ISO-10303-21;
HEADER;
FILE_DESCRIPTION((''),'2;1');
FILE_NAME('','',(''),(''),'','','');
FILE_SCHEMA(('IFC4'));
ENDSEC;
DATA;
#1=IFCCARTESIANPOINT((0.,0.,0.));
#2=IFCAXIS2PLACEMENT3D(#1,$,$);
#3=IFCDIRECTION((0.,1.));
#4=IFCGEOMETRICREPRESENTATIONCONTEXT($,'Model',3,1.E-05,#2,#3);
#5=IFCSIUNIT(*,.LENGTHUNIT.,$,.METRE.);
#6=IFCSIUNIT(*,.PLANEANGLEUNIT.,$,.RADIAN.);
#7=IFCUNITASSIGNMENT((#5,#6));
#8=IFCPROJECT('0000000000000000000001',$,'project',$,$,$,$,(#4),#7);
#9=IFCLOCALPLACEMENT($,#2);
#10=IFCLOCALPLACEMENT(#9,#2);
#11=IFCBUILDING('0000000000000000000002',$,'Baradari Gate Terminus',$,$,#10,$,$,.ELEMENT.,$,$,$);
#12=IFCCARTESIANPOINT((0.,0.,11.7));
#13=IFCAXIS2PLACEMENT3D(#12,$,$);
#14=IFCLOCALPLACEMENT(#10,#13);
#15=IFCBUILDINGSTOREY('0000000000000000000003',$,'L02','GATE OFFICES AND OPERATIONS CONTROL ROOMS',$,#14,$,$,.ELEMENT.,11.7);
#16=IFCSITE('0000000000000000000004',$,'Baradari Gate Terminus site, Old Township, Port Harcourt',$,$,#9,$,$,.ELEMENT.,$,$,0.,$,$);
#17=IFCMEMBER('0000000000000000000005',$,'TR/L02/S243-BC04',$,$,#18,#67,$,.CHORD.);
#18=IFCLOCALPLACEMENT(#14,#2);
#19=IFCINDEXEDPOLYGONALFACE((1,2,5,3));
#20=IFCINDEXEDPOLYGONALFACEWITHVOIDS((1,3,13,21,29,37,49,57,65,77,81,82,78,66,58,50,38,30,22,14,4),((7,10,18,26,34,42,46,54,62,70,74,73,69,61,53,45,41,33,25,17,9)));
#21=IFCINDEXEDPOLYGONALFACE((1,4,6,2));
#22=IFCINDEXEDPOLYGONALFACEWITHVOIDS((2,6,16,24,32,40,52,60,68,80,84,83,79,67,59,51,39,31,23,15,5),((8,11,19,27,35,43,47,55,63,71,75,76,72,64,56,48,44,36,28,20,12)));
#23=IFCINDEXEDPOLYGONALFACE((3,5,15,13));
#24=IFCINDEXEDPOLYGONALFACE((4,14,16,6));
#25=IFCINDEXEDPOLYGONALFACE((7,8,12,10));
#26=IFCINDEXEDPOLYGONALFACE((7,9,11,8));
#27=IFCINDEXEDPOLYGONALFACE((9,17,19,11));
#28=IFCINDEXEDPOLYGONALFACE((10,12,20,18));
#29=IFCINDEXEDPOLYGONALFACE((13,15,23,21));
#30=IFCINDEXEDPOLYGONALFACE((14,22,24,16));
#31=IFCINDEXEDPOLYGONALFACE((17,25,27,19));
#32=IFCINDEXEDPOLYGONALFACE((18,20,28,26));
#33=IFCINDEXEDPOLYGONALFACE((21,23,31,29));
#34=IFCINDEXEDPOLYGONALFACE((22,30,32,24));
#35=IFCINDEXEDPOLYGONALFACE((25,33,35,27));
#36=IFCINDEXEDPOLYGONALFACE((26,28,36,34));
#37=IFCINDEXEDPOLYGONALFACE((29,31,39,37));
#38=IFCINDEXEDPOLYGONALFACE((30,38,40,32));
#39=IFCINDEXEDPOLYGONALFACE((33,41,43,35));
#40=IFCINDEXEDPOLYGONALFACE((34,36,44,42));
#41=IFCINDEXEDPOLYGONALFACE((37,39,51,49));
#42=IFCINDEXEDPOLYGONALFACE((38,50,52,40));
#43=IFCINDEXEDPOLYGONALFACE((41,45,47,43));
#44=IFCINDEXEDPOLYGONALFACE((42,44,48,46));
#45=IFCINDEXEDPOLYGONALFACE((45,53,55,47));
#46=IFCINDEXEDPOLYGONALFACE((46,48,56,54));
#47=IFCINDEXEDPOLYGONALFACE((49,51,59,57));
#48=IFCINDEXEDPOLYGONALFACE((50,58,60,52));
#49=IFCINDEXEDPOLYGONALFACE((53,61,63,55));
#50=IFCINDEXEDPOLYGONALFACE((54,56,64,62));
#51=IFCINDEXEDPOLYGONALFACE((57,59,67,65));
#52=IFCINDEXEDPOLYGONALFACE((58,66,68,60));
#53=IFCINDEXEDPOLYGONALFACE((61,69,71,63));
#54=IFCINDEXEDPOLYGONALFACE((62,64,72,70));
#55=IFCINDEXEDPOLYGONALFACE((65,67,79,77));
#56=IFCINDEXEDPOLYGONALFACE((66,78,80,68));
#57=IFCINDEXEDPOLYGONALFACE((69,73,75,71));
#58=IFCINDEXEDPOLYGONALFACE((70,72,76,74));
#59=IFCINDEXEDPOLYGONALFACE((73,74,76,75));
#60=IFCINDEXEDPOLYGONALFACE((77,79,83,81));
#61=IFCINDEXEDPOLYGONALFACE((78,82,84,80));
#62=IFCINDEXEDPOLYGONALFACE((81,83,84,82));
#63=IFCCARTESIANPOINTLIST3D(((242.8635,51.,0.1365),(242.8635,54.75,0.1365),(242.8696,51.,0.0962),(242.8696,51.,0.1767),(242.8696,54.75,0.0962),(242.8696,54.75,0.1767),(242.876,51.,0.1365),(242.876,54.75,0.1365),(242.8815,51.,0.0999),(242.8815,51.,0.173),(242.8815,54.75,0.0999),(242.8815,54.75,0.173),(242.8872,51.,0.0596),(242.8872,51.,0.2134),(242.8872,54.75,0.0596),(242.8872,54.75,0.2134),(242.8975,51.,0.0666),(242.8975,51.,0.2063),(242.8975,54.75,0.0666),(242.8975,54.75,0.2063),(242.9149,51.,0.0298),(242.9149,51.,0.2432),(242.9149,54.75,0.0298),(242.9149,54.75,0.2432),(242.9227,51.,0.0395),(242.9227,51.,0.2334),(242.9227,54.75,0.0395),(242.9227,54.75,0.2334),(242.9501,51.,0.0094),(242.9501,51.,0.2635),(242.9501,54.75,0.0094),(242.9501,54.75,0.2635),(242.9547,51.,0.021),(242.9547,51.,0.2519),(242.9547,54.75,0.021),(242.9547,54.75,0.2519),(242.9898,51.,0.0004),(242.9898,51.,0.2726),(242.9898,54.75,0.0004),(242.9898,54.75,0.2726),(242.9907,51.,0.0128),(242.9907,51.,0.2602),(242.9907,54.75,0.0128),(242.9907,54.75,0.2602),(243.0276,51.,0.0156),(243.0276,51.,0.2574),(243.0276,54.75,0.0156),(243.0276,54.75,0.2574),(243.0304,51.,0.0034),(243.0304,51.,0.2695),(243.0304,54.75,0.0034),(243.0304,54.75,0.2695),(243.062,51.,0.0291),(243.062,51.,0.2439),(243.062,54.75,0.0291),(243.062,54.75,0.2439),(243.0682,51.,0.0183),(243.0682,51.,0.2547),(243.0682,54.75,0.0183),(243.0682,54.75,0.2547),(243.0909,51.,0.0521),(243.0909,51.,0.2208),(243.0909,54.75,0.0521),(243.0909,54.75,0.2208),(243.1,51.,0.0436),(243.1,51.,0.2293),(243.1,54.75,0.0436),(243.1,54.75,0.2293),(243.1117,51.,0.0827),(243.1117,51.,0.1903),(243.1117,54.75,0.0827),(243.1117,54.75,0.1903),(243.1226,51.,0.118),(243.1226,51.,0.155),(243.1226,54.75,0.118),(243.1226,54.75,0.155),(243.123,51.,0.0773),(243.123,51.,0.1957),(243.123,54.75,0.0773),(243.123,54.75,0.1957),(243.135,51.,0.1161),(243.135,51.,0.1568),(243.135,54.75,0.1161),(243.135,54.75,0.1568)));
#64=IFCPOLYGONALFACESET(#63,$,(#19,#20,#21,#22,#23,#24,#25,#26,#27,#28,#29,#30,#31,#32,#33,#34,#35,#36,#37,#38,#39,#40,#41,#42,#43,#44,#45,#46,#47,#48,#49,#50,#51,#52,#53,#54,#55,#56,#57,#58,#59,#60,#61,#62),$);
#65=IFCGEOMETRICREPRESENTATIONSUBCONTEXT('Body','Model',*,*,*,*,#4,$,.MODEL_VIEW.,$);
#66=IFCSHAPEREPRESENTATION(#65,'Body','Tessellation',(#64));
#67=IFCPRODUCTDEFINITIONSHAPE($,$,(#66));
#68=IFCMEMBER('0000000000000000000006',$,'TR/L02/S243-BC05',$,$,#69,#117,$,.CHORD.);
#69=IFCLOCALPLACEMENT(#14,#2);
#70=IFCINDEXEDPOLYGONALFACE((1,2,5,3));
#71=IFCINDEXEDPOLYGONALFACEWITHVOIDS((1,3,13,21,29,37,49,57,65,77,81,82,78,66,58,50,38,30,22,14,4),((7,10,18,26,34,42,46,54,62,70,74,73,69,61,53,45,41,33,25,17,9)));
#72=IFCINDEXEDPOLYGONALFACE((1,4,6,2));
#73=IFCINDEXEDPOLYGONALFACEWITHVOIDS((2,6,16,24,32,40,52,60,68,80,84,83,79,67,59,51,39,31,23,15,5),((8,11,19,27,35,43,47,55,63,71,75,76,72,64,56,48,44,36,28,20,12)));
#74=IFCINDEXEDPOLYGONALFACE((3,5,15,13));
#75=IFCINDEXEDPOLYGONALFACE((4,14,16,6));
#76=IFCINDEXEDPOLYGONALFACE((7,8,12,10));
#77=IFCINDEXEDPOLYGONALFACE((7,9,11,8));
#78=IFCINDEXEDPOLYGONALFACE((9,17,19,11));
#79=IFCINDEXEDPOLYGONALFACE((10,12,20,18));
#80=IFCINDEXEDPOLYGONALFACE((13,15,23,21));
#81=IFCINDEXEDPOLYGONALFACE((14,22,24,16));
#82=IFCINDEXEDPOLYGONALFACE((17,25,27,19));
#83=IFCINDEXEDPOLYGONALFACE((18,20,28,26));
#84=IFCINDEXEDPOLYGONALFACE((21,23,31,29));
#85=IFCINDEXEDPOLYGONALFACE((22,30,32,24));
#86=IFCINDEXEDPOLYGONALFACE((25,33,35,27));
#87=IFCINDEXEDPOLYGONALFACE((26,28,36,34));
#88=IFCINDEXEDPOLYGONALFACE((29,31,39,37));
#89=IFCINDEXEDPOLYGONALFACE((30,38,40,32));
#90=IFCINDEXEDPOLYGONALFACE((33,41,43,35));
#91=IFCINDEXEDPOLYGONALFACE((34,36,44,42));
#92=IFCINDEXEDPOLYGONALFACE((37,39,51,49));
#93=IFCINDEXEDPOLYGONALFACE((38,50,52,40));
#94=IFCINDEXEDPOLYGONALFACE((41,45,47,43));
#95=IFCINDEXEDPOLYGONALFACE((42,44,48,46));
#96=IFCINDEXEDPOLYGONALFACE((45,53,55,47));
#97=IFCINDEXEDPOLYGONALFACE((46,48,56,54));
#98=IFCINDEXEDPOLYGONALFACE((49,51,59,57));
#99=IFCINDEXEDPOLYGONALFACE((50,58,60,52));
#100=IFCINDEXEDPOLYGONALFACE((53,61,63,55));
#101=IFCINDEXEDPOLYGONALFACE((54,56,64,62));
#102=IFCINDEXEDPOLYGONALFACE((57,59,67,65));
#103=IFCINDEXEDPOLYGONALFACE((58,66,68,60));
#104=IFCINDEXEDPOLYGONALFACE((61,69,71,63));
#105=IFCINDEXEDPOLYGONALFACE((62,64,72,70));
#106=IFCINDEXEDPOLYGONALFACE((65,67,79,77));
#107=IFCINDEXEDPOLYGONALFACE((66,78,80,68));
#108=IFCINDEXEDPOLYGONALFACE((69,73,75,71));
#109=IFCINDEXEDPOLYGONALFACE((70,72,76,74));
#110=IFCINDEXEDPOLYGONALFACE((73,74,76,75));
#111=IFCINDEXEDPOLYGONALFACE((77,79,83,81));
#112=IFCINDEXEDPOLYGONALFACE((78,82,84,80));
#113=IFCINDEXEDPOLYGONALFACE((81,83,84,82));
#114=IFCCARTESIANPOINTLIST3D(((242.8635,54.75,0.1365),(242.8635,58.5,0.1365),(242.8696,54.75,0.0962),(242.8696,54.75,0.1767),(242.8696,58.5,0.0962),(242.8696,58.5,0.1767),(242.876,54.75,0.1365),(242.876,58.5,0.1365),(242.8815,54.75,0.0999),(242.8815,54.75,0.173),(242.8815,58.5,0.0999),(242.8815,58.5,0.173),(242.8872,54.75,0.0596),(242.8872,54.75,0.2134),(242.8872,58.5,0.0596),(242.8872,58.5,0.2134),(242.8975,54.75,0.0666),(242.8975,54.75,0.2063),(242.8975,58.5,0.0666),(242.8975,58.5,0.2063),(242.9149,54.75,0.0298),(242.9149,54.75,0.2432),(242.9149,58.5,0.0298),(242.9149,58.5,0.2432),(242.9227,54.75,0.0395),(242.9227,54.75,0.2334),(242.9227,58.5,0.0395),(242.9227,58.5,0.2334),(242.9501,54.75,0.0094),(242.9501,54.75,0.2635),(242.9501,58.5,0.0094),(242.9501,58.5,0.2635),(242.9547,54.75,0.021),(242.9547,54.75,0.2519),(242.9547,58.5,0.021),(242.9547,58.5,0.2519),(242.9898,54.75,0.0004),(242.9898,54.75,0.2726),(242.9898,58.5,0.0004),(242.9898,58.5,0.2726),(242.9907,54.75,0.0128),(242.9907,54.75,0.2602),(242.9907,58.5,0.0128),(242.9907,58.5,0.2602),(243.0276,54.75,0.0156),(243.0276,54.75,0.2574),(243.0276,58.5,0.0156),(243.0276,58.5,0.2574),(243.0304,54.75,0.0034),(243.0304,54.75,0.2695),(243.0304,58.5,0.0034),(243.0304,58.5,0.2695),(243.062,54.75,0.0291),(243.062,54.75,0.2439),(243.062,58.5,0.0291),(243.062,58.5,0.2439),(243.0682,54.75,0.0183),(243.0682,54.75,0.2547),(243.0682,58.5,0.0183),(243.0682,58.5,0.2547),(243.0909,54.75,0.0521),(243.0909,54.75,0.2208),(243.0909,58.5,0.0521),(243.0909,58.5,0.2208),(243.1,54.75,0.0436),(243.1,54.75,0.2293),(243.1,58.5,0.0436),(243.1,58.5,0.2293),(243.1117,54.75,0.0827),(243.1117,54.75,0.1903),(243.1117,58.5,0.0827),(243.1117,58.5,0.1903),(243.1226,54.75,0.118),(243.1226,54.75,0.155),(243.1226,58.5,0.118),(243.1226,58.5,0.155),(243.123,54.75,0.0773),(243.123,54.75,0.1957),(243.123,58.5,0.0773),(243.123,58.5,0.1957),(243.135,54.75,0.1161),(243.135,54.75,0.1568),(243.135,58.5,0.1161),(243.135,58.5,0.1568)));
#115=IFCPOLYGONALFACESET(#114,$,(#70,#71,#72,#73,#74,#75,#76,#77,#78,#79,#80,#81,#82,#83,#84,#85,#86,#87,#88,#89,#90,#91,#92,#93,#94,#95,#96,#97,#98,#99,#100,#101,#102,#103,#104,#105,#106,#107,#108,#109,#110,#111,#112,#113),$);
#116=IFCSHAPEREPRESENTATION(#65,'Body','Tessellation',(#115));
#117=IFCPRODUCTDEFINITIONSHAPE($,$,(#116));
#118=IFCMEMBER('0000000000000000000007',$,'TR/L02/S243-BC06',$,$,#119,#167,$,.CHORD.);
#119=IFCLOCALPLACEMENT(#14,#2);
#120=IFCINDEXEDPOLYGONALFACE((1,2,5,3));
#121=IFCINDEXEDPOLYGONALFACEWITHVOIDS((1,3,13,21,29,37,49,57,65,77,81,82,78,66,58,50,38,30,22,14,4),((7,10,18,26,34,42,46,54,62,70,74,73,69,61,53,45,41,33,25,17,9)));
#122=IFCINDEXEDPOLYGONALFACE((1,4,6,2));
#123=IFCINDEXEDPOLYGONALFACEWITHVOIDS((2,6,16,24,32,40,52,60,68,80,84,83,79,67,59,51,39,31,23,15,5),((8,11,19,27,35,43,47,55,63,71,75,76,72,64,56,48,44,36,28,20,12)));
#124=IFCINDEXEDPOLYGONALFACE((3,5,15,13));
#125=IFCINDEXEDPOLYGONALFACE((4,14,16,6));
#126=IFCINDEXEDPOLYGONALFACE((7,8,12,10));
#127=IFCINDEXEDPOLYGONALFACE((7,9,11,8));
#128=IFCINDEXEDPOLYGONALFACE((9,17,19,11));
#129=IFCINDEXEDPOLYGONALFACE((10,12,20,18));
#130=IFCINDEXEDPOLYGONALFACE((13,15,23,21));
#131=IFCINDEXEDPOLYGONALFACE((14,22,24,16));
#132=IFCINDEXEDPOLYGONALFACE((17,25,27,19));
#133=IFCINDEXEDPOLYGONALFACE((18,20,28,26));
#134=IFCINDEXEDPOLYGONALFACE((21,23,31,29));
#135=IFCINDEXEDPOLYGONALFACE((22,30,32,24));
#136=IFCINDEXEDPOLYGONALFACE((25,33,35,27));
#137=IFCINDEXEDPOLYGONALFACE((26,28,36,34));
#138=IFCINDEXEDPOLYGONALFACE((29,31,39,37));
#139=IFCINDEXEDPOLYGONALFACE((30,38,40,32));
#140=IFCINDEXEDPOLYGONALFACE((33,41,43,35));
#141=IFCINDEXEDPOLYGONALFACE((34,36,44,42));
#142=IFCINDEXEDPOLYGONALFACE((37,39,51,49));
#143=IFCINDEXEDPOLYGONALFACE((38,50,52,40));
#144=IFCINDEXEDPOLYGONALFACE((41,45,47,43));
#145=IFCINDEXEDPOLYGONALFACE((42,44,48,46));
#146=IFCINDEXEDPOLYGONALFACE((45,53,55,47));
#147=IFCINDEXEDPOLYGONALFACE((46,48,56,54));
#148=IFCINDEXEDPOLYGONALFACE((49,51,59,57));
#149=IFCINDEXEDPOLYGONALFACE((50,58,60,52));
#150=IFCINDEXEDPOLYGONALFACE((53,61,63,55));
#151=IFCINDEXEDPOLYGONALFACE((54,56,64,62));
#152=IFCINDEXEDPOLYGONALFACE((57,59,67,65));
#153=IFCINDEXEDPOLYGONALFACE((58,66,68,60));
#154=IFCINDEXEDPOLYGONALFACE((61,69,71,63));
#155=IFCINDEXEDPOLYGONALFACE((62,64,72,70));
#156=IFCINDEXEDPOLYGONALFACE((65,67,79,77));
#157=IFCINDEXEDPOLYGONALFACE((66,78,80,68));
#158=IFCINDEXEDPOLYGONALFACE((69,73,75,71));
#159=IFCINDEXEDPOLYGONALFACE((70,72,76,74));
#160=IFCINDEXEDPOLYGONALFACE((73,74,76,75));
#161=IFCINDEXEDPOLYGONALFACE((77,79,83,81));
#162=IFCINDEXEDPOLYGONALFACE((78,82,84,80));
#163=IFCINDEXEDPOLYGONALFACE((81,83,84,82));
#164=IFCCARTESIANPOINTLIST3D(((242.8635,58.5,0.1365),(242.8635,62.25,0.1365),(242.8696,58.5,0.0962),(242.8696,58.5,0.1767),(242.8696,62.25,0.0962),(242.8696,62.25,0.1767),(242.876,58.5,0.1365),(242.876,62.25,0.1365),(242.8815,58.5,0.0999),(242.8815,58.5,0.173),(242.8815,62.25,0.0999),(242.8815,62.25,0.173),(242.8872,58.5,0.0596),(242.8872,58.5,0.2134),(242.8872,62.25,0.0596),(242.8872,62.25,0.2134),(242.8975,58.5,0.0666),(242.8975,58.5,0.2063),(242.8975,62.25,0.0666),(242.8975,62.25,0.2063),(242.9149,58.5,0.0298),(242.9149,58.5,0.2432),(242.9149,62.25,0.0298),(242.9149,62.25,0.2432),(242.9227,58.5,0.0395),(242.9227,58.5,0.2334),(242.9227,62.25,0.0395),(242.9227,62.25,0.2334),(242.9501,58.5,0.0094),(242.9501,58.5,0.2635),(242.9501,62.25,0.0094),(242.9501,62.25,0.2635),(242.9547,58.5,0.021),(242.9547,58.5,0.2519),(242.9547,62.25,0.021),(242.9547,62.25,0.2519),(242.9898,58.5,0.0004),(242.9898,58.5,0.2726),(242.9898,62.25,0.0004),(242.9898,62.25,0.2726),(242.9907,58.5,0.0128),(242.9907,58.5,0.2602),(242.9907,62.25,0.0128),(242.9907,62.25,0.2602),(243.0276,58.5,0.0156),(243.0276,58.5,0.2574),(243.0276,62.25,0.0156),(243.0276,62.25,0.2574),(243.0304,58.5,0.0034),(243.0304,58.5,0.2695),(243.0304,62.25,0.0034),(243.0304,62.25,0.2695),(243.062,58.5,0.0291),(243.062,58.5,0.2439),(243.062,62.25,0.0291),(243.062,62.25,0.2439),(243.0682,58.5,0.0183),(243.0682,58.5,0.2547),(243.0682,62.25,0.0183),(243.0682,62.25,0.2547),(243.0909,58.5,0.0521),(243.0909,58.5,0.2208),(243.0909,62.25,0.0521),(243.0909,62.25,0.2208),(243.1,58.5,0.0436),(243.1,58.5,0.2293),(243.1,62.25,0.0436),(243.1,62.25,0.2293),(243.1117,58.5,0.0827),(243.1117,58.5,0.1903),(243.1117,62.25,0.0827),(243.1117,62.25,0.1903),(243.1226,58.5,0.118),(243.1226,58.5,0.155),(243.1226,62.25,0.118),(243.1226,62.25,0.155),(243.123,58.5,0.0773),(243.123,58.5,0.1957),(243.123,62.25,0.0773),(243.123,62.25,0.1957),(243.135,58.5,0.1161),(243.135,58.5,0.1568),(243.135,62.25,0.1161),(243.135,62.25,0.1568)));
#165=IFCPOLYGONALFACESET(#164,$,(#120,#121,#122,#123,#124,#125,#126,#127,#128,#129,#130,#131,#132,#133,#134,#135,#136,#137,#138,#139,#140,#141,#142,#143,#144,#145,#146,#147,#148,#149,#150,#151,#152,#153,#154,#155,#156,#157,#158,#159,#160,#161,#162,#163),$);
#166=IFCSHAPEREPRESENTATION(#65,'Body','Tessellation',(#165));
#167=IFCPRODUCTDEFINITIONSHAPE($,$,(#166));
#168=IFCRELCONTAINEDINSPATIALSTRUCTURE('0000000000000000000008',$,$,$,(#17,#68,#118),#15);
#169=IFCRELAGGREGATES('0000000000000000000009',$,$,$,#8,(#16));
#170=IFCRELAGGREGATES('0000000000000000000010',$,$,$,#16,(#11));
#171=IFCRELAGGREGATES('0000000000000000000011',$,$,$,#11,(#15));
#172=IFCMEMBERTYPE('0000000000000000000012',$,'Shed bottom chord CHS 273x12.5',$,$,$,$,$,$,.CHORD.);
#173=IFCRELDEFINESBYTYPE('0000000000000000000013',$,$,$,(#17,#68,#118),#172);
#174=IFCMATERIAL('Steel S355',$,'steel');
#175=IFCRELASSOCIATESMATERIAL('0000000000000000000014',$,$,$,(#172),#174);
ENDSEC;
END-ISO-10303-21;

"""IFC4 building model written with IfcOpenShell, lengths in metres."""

from ifc_helpers import new_model, si_unit, direction, frame, origin, origin_2d, place, context, subcontext, project, spatial, hollow_circle, extrude, material, material_profile, profile_set, type_object, element, save


model = new_model("IFC4")

# Units and contexts
model_context = context("Model", 3, precision=1e-05, world=origin(), true_north=direction((0.0, 1.0)))
body_context = subcontext(model_context, "Body", "Model", "MODEL_VIEW")
ifc_project = project(units=[si_unit("LENGTHUNIT", "METRE"), si_unit("PLANEANGLEUNIT", "RADIAN")], contexts=[model_context])

# Site, building, storey
site_placement = place(None, origin())
site = spatial("IfcSite", under=ifc_project, at=site_placement, Name="Baradari Gate Terminus site, Old Township, Port Harcourt", CompositionType="ELEMENT", RefElevation=0.0)
building_placement = place(site_placement, origin())
building = spatial("IfcBuilding", under=site, at=building_placement, Name="Baradari Gate Terminus", CompositionType="ELEMENT")
storey_placement = place(building_placement, frame((0.0, 0.0, 11.7)))
storey = spatial("IfcBuildingStorey", under=building, at=storey_placement, Name="L02", Description="GATE OFFICES AND OPERATIONS CONTROL ROOMS", CompositionType="ELEMENT", Elevation=11.7)

# Members
ifc_material_1 = material(Name="Steel S355", Category="steel")
ifc_material_profile_1 = material_profile(ifc_material_1, hollow_circle(Radius=0.1365, WallThickness=0.0125, at=origin_2d()), Name="CHS 273x12.5")
ifc_profile_set_1 = profile_set([ifc_material_profile_1], Name="Steel S355")
member_type_1 = type_object("IfcMemberType", Name="Shed bottom chord CHS 273x12.5", PredefinedType="CHORD", material=ifc_profile_set_1)
for number, where, z_axis, x_axis, name in (
    (1, (243.0, 51.0, 0.1365), (0.0, 1.0, 0.0), (-1.0, 0.0, 0.0), "TR/L02/S243-BC04"),
    (2, (243.0, 54.75, 0.1365), (0.0, 1.0, 0.0), (-1.0, 0.0, 0.0), "TR/L02/S243-BC05"),
    (3, (243.0, 58.5, 0.1365), (0.0, 1.0, 0.0), (-1.0, 0.0, 0.0), "TR/L02/S243-BC06"),
):
    element("IfcMember", number, at=place(storey_placement, frame(where, z_axis=z_axis, x_axis=x_axis)), inside=storey, type_object=member_type_1, Name=name, PredefinedType="CHORD", context=body_context, shape_type="SweptSolid", body=[
        extrude(hollow_circle(Radius=0.1365, WallThickness=0.0125, at=origin_2d()), origin(), (0.0, 0.0, 1.0), 3.75),
    ])

save(model, "model.ifc")
